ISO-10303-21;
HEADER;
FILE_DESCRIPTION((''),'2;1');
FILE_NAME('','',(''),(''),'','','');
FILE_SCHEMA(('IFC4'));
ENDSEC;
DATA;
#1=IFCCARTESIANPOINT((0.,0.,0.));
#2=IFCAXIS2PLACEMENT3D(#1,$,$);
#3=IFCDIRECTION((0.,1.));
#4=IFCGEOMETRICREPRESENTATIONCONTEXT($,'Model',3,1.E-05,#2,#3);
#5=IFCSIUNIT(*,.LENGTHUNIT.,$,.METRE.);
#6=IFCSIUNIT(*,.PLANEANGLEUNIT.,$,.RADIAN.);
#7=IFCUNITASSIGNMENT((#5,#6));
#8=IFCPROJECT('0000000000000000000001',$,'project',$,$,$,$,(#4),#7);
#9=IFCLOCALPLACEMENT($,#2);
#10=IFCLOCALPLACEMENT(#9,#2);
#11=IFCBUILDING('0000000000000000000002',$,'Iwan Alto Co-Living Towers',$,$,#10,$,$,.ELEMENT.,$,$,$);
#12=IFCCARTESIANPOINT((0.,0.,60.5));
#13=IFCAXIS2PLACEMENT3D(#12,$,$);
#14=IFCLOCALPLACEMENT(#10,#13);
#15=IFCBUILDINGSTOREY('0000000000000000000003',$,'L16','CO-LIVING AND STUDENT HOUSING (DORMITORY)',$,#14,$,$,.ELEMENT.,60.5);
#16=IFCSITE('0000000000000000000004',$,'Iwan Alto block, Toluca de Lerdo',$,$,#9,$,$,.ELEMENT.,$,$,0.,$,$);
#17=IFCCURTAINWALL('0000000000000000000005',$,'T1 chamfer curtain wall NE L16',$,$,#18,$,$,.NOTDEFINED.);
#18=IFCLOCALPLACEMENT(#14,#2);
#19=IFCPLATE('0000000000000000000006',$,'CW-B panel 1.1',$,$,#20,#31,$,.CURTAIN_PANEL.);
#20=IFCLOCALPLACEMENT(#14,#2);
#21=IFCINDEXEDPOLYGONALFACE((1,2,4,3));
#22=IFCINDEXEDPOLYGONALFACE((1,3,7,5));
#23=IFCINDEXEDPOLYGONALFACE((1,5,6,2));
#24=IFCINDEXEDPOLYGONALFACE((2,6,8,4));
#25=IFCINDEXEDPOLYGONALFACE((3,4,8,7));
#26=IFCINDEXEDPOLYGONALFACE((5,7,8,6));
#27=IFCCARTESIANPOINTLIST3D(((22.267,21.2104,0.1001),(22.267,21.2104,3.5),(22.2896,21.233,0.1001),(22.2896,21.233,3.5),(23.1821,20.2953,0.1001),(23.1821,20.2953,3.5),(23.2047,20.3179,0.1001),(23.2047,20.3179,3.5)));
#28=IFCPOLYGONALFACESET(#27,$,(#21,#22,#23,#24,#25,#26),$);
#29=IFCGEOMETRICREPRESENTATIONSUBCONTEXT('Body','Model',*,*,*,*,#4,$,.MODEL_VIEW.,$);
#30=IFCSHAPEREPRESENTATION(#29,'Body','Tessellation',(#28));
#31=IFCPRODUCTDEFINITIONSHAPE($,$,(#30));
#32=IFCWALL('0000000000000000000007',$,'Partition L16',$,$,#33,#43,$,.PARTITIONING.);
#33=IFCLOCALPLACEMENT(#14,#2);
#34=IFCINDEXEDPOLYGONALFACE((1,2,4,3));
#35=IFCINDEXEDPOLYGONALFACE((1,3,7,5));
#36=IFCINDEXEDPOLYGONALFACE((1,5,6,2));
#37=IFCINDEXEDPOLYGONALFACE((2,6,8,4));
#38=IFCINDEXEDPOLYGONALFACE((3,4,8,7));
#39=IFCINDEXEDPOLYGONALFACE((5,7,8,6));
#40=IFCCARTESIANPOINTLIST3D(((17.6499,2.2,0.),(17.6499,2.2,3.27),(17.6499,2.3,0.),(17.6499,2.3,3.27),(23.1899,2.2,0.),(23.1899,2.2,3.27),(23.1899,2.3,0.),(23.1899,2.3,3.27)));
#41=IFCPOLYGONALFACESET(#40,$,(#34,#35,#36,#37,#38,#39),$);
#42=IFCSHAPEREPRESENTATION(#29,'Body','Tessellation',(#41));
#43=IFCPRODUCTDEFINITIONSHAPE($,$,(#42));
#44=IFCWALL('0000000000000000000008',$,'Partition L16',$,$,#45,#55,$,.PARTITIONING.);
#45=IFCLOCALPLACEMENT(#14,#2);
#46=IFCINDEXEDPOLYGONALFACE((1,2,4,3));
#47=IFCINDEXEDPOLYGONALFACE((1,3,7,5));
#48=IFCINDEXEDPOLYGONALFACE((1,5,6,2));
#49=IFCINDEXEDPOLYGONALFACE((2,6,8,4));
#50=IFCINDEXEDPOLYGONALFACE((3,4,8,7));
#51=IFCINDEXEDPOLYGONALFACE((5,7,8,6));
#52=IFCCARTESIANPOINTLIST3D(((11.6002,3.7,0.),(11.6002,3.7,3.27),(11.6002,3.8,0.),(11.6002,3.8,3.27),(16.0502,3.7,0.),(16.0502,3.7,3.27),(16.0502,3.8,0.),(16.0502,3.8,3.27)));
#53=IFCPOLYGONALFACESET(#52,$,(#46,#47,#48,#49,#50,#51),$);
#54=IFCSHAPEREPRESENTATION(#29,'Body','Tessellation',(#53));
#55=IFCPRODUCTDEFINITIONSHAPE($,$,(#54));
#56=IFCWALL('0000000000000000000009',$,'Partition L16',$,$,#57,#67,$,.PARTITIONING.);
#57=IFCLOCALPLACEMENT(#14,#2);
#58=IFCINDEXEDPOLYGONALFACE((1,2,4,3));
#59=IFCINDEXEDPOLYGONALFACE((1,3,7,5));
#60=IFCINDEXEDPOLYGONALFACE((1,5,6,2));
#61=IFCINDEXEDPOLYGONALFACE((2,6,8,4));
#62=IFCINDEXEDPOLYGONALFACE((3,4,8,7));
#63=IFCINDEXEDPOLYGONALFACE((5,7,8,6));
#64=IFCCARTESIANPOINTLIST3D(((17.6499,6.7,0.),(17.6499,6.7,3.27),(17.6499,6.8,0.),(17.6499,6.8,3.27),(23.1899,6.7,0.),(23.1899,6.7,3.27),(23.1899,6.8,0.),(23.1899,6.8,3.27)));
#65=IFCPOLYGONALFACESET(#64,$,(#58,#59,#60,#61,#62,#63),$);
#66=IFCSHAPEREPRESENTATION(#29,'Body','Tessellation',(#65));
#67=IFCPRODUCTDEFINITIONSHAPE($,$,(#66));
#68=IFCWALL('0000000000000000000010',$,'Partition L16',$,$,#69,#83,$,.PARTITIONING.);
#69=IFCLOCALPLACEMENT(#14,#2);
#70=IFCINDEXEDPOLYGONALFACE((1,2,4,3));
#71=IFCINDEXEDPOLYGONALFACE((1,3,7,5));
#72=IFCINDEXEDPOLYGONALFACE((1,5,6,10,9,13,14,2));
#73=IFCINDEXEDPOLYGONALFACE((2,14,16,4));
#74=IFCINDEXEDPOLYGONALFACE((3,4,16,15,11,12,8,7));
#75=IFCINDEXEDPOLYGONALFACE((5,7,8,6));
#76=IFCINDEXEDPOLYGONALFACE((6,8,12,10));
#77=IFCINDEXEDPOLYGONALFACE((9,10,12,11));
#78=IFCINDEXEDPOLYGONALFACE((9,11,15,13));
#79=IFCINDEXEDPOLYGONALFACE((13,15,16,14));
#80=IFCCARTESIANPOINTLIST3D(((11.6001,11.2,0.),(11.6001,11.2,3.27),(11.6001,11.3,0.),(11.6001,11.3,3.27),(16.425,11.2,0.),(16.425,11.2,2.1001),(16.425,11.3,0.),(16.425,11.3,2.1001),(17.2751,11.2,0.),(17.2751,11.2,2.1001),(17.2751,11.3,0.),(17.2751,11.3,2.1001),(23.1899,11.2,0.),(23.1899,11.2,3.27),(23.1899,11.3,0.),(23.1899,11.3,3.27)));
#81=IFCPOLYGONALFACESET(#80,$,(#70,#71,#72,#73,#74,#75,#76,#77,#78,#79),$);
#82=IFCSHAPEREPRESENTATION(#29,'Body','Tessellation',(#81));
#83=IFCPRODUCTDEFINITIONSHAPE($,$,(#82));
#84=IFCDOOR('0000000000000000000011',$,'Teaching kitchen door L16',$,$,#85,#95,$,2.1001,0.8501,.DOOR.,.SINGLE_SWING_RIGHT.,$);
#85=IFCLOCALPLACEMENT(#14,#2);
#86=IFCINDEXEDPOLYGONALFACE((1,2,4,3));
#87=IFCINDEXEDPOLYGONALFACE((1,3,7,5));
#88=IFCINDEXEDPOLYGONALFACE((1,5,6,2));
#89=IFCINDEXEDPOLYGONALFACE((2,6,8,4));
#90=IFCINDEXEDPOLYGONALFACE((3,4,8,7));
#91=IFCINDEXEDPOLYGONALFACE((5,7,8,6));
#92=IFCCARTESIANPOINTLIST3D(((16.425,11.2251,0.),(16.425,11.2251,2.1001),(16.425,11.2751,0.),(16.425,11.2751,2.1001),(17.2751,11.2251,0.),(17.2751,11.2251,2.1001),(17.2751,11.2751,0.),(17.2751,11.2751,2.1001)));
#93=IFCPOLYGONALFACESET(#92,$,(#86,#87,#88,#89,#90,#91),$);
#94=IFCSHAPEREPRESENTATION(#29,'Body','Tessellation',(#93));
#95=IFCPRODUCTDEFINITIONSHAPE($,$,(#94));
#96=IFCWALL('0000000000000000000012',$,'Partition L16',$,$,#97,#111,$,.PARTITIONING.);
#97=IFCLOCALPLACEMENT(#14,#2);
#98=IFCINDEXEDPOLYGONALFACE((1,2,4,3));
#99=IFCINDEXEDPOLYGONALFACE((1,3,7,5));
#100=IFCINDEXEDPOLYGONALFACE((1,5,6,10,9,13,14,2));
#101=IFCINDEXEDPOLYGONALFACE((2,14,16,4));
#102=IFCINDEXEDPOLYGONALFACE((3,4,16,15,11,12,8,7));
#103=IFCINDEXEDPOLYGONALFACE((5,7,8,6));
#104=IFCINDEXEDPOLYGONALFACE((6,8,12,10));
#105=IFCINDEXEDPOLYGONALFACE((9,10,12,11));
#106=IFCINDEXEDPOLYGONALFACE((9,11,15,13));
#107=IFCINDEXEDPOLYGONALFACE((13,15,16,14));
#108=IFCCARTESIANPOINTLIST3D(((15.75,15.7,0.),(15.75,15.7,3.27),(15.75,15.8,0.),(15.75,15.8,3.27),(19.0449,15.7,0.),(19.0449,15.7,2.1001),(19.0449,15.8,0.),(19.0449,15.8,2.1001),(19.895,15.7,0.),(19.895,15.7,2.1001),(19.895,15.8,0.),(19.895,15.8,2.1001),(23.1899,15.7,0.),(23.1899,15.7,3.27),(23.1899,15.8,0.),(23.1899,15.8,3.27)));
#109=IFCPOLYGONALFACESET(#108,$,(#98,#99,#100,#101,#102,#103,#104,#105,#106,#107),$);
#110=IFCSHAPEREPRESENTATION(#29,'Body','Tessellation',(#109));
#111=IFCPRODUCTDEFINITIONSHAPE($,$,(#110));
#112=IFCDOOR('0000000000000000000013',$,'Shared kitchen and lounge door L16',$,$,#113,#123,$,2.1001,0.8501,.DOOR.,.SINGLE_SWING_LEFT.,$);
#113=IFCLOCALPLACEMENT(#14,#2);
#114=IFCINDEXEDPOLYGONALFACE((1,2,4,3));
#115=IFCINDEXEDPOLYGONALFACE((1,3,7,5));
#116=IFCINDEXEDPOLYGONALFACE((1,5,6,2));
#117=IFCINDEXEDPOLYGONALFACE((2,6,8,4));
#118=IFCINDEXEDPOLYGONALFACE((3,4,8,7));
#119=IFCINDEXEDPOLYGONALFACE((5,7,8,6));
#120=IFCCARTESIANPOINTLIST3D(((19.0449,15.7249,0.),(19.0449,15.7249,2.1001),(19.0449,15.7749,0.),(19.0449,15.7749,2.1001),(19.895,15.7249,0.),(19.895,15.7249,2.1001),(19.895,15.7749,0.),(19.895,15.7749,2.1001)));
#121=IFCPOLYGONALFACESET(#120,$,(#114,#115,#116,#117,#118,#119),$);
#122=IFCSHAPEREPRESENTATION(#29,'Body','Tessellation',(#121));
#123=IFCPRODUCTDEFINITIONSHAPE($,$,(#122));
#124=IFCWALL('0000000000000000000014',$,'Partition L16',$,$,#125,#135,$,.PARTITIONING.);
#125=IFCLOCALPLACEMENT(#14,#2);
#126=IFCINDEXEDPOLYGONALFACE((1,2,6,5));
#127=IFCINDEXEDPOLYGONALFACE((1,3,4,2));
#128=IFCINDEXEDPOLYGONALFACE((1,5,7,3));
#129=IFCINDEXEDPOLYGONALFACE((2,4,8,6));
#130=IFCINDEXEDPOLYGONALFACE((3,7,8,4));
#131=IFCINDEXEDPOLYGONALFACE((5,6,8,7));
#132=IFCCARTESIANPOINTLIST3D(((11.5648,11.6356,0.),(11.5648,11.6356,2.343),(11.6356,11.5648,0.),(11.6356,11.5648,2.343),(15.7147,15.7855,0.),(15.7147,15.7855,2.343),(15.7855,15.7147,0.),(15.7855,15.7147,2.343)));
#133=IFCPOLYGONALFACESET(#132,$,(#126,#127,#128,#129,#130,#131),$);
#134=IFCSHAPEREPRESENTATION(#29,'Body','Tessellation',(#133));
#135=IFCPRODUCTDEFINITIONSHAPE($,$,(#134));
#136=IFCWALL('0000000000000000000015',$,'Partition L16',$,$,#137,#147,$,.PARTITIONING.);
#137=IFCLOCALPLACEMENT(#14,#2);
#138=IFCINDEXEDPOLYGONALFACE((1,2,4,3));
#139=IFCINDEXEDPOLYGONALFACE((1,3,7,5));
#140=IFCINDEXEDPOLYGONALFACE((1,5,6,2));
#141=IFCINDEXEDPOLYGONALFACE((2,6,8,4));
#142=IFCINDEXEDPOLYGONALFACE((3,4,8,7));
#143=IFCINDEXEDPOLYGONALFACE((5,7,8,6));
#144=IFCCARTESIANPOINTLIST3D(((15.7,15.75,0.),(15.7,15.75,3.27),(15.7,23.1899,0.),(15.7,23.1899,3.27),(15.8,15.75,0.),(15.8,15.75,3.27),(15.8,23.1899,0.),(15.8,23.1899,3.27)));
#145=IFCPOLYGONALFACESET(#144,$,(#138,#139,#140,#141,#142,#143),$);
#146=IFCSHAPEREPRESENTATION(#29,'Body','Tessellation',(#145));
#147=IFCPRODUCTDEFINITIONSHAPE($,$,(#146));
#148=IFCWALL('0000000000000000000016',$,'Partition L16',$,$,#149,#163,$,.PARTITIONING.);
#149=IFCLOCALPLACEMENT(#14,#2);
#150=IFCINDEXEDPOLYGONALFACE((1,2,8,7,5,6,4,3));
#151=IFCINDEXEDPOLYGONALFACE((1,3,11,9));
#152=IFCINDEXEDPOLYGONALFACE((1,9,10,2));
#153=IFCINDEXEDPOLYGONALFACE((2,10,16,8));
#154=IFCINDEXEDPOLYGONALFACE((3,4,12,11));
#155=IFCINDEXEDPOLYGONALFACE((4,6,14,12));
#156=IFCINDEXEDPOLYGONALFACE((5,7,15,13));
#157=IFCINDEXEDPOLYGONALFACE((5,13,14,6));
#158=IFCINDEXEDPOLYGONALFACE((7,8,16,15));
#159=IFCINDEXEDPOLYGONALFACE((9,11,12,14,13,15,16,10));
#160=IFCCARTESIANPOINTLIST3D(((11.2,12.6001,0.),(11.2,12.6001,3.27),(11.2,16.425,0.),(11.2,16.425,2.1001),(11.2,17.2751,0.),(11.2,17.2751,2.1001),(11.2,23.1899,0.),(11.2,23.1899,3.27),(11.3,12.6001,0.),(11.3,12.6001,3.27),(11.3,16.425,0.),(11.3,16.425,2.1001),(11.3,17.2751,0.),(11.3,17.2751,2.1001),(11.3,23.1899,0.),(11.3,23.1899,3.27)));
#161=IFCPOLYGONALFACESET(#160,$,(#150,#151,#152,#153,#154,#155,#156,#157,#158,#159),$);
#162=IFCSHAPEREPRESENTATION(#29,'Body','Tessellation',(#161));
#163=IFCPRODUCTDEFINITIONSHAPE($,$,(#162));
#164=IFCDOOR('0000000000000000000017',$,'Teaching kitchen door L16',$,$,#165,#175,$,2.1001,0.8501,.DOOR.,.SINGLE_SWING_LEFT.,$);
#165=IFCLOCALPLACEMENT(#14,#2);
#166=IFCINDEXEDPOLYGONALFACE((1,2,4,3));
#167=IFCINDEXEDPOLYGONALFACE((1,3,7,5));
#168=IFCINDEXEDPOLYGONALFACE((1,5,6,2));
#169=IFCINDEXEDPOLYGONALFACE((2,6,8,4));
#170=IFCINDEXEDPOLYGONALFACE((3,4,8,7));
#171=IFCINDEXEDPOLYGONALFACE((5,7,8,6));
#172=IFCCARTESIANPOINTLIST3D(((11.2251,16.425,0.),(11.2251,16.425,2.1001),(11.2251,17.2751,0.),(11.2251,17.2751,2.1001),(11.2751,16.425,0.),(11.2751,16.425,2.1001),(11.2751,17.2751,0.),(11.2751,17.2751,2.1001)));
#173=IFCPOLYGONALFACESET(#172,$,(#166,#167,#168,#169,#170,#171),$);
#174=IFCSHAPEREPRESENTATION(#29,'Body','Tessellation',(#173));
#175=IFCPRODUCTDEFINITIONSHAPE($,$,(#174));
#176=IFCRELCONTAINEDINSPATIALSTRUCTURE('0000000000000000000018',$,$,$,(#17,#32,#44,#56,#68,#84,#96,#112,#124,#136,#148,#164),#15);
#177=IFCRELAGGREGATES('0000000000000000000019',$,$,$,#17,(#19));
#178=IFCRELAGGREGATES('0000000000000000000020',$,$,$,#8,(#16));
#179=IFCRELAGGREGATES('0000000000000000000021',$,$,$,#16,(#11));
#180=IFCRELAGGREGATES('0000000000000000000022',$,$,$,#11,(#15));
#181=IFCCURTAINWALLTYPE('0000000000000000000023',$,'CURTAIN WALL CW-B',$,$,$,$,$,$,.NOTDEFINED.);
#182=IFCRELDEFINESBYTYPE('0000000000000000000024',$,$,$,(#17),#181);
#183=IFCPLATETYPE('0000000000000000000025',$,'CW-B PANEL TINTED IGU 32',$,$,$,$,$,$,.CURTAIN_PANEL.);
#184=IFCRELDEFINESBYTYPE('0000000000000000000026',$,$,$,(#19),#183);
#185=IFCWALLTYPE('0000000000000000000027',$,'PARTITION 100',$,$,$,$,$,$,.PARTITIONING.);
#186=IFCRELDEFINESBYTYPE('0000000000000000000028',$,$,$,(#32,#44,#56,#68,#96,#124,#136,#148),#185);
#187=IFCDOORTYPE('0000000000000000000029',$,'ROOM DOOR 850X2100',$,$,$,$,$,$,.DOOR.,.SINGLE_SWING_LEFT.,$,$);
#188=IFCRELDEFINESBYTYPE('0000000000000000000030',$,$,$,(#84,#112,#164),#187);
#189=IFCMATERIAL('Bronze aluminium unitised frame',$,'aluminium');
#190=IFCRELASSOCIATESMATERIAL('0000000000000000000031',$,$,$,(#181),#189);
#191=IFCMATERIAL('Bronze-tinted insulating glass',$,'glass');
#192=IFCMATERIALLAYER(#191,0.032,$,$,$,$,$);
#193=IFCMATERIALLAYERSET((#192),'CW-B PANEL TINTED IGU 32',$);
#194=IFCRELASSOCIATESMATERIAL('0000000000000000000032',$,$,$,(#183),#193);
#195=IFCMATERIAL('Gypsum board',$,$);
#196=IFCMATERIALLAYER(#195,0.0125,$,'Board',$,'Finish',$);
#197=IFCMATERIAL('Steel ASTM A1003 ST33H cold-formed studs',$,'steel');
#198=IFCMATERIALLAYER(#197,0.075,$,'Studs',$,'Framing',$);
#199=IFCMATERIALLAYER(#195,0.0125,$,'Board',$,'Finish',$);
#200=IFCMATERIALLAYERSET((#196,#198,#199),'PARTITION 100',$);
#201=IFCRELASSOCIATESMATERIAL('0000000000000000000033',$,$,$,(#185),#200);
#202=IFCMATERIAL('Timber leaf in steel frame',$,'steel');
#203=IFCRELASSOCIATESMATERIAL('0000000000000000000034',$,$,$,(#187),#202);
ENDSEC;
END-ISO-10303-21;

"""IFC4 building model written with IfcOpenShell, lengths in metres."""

from ifc_helpers import new_model, si_unit, direction, frame, frame_2d, origin, origin_2d, place, context, subcontext, project, spatial, rectangle, extrude, material, layer, layer_set, type_object, element, fill, aggregate, save


model = new_model("IFC4")

# Units and contexts
model_context = context("Model", 3, precision=1e-05, world=origin(), true_north=direction((0.0, 1.0)))
body_context = subcontext(model_context, "Body", "Model", "MODEL_VIEW")
ifc_project = project(units=[si_unit("LENGTHUNIT", "METRE"), si_unit("PLANEANGLEUNIT", "RADIAN")], contexts=[model_context])

# Site, building, storey
site_placement = place(None, origin())
site = spatial("IfcSite", under=ifc_project, at=site_placement, Name="Iwan Alto block, Toluca de Lerdo", CompositionType="ELEMENT", RefElevation=0.0)
building_placement = place(site_placement, origin())
building = spatial("IfcBuilding", under=site, at=building_placement, Name="Iwan Alto Co-Living Towers", CompositionType="ELEMENT")
storey_placement = place(building_placement, frame((0.0, 0.0, 60.5)))
storey = spatial("IfcBuildingStorey", under=building, at=storey_placement, Name="L16", Description="CO-LIVING AND STUDENT HOUSING (DORMITORY)", CompositionType="ELEMENT", Elevation=60.5)

# Curtain wall
ifc_material_1 = material(Name="Bronze aluminium unitised frame", Category="aluminium")
curtain_wall_type = type_object("IfcCurtainWallType", Name="CURTAIN WALL CW-B", PredefinedType="NOTDEFINED", material=ifc_material_1)
curtain_wall_placement = place(storey_placement, origin())
curtain_wall = element("IfcCurtainWall", 1, at=curtain_wall_placement, inside=storey, type_object=curtain_wall_type, Name="T1 chamfer curtain wall NE L16", PredefinedType="NOTDEFINED")

# Plate
ifc_material_2 = material(Name="Bronze-tinted insulating glass", Category="glass")
ifc_layer_1 = layer(ifc_material_2, 0.032)
ifc_layer_set_1 = layer_set([ifc_layer_1], Name="CW-B PANEL TINTED IGU 32")
plate_type = type_object("IfcPlateType", Name="CW-B PANEL TINTED IGU 32", PredefinedType="CURTAIN_PANEL", material=ifc_layer_set_1)
plate_placement = place(storey_placement, frame((22.7358, 20.7642, 0.1001), z_axis=(0.0, 0.0, 1.0), x_axis=(-0.707107, 0.707107, 0.0)))
plate = element("IfcPlate", 2, at=plate_placement, type_object=plate_type, Name="CW-B panel 1.1", PredefinedType="CURTAIN_PANEL", context=body_context, shape_type="SweptSolid", body=[
    extrude(rectangle(XDim=1.2942, YDim=0.032, at=origin_2d()), origin(), (0.0, 0.0, 1.0), 3.3999),
])
aggregate(curtain_wall, [plate])

# Walls
ifc_material_3 = material(Name="Gypsum board")
ifc_layer_2 = layer(ifc_material_3, 0.0125, Name="Board", Category="Finish")
ifc_material_4 = material(Name="Steel ASTM A1003 ST33H cold-formed studs", Category="steel")
ifc_layer_3 = layer(ifc_material_4, 0.075, Name="Studs", Category="Framing")
ifc_layer_4 = layer(ifc_material_3, 0.0125, Name="Board", Category="Finish")
ifc_layer_set_2 = layer_set([ifc_layer_2, ifc_layer_3, ifc_layer_4], Name="PARTITION 100")
wall_type_1 = type_object("IfcWallType", Name="PARTITION 100", PredefinedType="PARTITIONING", material=ifc_layer_set_2)
wall_1_placement = place(storey_placement, frame((17.6499, 2.25, 0.0), z_axis=(0.0, 0.0, 1.0), x_axis=(1.0, 0.0, 0.0)))
element("IfcWall", 3, at=wall_1_placement, inside=storey, type_object=wall_type_1, Name="Partition L16", PredefinedType="PARTITIONING", context=body_context, shape_type="SweptSolid", body=[
    extrude(rectangle(XDim=5.54, YDim=0.1001, at=frame_2d((2.77, 0.0))), origin(), (0.0, 0.0, 1.0), 3.27),
])
wall_2_placement = place(storey_placement, frame((11.6001, 3.75, 0.0), z_axis=(0.0, 0.0, 1.0), x_axis=(1.0, 0.0, 0.0)))
element("IfcWall", 4, at=wall_2_placement, inside=storey, type_object=wall_type_1, Name="Partition L16", PredefinedType="PARTITIONING", context=body_context, shape_type="SweptSolid", body=[
    extrude(rectangle(XDim=4.45, YDim=0.1001, at=frame_2d((2.2251, 0.0))), origin(), (0.0, 0.0, 1.0), 3.27),
])
wall_3_placement = place(storey_placement, frame((17.6499, 6.75, 0.0), z_axis=(0.0, 0.0, 1.0), x_axis=(1.0, 0.0, 0.0)))
element("IfcWall", 5, at=wall_3_placement, inside=storey, type_object=wall_type_1, Name="Partition L16", PredefinedType="PARTITIONING", context=body_context, shape_type="SweptSolid", body=[
    extrude(rectangle(XDim=5.54, YDim=0.1001, at=frame_2d((2.77, 0.0))), origin(), (0.0, 0.0, 1.0), 3.27),
])

# Walls, openings, doors
wall_4_placement = place(storey_placement, frame((11.6001, 11.25, 0.0), z_axis=(0.0, 0.0, 1.0), x_axis=(1.0, 0.0, 0.0)))
wall_4 = element("IfcWall", 6, at=wall_4_placement, inside=storey, type_object=wall_type_1, Name="Partition L16", PredefinedType="PARTITIONING", context=body_context, shape_type="SweptSolid", body=[
    extrude(rectangle(XDim=11.5898, YDim=0.1001, at=frame_2d((5.7949, 0.0))), origin(), (0.0, 0.0, 1.0), 3.27),
])
opening_1_placement = place(wall_4_placement, frame((4.825, 0.0, 0.0)))
opening_1 = element("IfcOpeningElement", 7, at=opening_1_placement, cuts=wall_4, PredefinedType="OPENING", context=body_context, shape_type="SweptSolid", body=[
    extrude(rectangle(XDim=0.8501, YDim=2.1001, at=frame_2d((0.425, 1.05))), frame((0.0, 0.0601, 0.0), z_axis=(0.0, -1.0, 0.0), x_axis=(1.0, 0.0, 0.0)), (0.0, 0.0, 1.0), 0.1201),
])
ifc_material_5 = material(Name="Timber leaf in steel frame", Category="steel")
door_type = type_object("IfcDoorType", Name="ROOM DOOR 850X2100", OperationType="SINGLE_SWING_LEFT", PredefinedType="DOOR", material=ifc_material_5)
door_1_placement = place(opening_1_placement, frame((0.8501, 0.0, 0.0), z_axis=(0.0, 0.0, 1.0), x_axis=(-1.0, 0.0, 0.0)))
door_1 = element("IfcDoor", 8, at=door_1_placement, inside=storey, type_object=door_type, Name="Teaching kitchen door L16", OperationType="SINGLE_SWING_RIGHT", OverallHeight=2.1001, OverallWidth=0.8501, PredefinedType="DOOR", context=body_context, shape_type="SweptSolid", body=[
    extrude(rectangle(XDim=0.8501, YDim=2.1001, at=frame_2d((0.425, 1.05))), frame((0.0, 0.0249, 0.0), z_axis=(0.0, -1.0, 0.0), x_axis=(1.0, 0.0, 0.0)), (0.0, 0.0, 1.0), 0.05),
])
fill(opening_1, door_1)
wall_5_placement = place(storey_placement, frame((15.75, 15.75, 0.0), z_axis=(0.0, 0.0, 1.0), x_axis=(1.0, 0.0, 0.0)))
wall_5 = element("IfcWall", 9, at=wall_5_placement, inside=storey, type_object=wall_type_1, Name="Partition L16", PredefinedType="PARTITIONING", context=body_context, shape_type="SweptSolid", body=[
    extrude(rectangle(XDim=7.4399, YDim=0.1001, at=frame_2d((3.72, 0.0))), origin(), (0.0, 0.0, 1.0), 3.27),
])
opening_2_placement = place(wall_5_placement, frame((3.2949, 0.0, 0.0)))
opening_2 = element("IfcOpeningElement", 10, at=opening_2_placement, cuts=wall_5, PredefinedType="OPENING", context=body_context, shape_type="SweptSolid", body=[
    extrude(rectangle(XDim=0.8501, YDim=2.1001, at=frame_2d((0.425, 1.05))), frame((0.0, 0.0601, 0.0), z_axis=(0.0, -1.0, 0.0), x_axis=(1.0, 0.0, 0.0)), (0.0, 0.0, 1.0), 0.1201),
])
door_2_placement = place(opening_2_placement, origin())
door_2 = element("IfcDoor", 11, at=door_2_placement, inside=storey, type_object=door_type, Name="Shared kitchen and lounge door L16", OperationType="SINGLE_SWING_LEFT", OverallHeight=2.1001, OverallWidth=0.8501, PredefinedType="DOOR", context=body_context, shape_type="SweptSolid", body=[
    extrude(rectangle(XDim=0.8501, YDim=2.1001, at=frame_2d((0.425, 1.05))), frame((0.0, 0.0249, 0.0), z_axis=(0.0, -1.0, 0.0), x_axis=(1.0, 0.0, 0.0)), (0.0, 0.0, 1.0), 0.05),
])
fill(opening_2, door_2)

# Walls
wall_6_placement = place(storey_placement, frame((11.6001, 11.6001, 0.0), z_axis=(0.0, 0.0, 1.0), x_axis=(0.707107, 0.707107, 0.0)))
element("IfcWall", 12, at=wall_6_placement, inside=storey, type_object=wall_type_1, Name="Partition L16", PredefinedType="PARTITIONING", context=body_context, shape_type="SweptSolid", body=[
    extrude(rectangle(XDim=5.8689, YDim=0.1001, at=frame_2d((2.9346, 0.0))), origin(), (0.0, 0.0, 1.0), 2.343),
])
wall_7_placement = place(storey_placement, frame((15.75, 15.75, 0.0), z_axis=(0.0, 0.0, 1.0), x_axis=(0.0, 1.0, 0.0)))
element("IfcWall", 13, at=wall_7_placement, inside=storey, type_object=wall_type_1, Name="Partition L16", PredefinedType="PARTITIONING", context=body_context, shape_type="SweptSolid", body=[
    extrude(rectangle(XDim=7.4399, YDim=0.1001, at=frame_2d((3.72, 0.0))), origin(), (0.0, 0.0, 1.0), 3.27),
])

# Wall, opening, door
wall_8_placement = place(storey_placement, frame((11.25, 12.6001, 0.0), z_axis=(0.0, 0.0, 1.0), x_axis=(0.0, 1.0, 0.0)))
wall_8 = element("IfcWall", 14, at=wall_8_placement, inside=storey, type_object=wall_type_1, Name="Partition L16", PredefinedType="PARTITIONING", context=body_context, shape_type="SweptSolid", body=[
    extrude(rectangle(XDim=10.5898, YDim=0.1001, at=frame_2d((5.2949, 0.0))), origin(), (0.0, 0.0, 1.0), 3.27),
])
opening_3_placement = place(wall_8_placement, frame((3.825, 0.0, 0.0)))
opening_3 = element("IfcOpeningElement", 15, at=opening_3_placement, cuts=wall_8, PredefinedType="OPENING", context=body_context, shape_type="SweptSolid", body=[
    extrude(rectangle(XDim=0.8501, YDim=2.1001, at=frame_2d((0.425, 1.05))), frame((0.0, 0.0601, 0.0), z_axis=(0.0, -1.0, 0.0), x_axis=(1.0, 0.0, 0.0)), (0.0, 0.0, 1.0), 0.1201),
])
door_3_placement = place(opening_3_placement, origin())
door_3 = element("IfcDoor", 16, at=door_3_placement, inside=storey, type_object=door_type, Name="Teaching kitchen door L16", OperationType="SINGLE_SWING_LEFT", OverallHeight=2.1001, OverallWidth=0.8501, PredefinedType="DOOR", context=body_context, shape_type="SweptSolid", body=[
    extrude(rectangle(XDim=0.8501, YDim=2.1001, at=frame_2d((0.425, 1.05))), frame((0.0, 0.0249, 0.0), z_axis=(0.0, -1.0, 0.0), x_axis=(1.0, 0.0, 0.0)), (0.0, 0.0, 1.0), 0.05),
])
fill(opening_3, door_3)

save(model, "model.ifc")
